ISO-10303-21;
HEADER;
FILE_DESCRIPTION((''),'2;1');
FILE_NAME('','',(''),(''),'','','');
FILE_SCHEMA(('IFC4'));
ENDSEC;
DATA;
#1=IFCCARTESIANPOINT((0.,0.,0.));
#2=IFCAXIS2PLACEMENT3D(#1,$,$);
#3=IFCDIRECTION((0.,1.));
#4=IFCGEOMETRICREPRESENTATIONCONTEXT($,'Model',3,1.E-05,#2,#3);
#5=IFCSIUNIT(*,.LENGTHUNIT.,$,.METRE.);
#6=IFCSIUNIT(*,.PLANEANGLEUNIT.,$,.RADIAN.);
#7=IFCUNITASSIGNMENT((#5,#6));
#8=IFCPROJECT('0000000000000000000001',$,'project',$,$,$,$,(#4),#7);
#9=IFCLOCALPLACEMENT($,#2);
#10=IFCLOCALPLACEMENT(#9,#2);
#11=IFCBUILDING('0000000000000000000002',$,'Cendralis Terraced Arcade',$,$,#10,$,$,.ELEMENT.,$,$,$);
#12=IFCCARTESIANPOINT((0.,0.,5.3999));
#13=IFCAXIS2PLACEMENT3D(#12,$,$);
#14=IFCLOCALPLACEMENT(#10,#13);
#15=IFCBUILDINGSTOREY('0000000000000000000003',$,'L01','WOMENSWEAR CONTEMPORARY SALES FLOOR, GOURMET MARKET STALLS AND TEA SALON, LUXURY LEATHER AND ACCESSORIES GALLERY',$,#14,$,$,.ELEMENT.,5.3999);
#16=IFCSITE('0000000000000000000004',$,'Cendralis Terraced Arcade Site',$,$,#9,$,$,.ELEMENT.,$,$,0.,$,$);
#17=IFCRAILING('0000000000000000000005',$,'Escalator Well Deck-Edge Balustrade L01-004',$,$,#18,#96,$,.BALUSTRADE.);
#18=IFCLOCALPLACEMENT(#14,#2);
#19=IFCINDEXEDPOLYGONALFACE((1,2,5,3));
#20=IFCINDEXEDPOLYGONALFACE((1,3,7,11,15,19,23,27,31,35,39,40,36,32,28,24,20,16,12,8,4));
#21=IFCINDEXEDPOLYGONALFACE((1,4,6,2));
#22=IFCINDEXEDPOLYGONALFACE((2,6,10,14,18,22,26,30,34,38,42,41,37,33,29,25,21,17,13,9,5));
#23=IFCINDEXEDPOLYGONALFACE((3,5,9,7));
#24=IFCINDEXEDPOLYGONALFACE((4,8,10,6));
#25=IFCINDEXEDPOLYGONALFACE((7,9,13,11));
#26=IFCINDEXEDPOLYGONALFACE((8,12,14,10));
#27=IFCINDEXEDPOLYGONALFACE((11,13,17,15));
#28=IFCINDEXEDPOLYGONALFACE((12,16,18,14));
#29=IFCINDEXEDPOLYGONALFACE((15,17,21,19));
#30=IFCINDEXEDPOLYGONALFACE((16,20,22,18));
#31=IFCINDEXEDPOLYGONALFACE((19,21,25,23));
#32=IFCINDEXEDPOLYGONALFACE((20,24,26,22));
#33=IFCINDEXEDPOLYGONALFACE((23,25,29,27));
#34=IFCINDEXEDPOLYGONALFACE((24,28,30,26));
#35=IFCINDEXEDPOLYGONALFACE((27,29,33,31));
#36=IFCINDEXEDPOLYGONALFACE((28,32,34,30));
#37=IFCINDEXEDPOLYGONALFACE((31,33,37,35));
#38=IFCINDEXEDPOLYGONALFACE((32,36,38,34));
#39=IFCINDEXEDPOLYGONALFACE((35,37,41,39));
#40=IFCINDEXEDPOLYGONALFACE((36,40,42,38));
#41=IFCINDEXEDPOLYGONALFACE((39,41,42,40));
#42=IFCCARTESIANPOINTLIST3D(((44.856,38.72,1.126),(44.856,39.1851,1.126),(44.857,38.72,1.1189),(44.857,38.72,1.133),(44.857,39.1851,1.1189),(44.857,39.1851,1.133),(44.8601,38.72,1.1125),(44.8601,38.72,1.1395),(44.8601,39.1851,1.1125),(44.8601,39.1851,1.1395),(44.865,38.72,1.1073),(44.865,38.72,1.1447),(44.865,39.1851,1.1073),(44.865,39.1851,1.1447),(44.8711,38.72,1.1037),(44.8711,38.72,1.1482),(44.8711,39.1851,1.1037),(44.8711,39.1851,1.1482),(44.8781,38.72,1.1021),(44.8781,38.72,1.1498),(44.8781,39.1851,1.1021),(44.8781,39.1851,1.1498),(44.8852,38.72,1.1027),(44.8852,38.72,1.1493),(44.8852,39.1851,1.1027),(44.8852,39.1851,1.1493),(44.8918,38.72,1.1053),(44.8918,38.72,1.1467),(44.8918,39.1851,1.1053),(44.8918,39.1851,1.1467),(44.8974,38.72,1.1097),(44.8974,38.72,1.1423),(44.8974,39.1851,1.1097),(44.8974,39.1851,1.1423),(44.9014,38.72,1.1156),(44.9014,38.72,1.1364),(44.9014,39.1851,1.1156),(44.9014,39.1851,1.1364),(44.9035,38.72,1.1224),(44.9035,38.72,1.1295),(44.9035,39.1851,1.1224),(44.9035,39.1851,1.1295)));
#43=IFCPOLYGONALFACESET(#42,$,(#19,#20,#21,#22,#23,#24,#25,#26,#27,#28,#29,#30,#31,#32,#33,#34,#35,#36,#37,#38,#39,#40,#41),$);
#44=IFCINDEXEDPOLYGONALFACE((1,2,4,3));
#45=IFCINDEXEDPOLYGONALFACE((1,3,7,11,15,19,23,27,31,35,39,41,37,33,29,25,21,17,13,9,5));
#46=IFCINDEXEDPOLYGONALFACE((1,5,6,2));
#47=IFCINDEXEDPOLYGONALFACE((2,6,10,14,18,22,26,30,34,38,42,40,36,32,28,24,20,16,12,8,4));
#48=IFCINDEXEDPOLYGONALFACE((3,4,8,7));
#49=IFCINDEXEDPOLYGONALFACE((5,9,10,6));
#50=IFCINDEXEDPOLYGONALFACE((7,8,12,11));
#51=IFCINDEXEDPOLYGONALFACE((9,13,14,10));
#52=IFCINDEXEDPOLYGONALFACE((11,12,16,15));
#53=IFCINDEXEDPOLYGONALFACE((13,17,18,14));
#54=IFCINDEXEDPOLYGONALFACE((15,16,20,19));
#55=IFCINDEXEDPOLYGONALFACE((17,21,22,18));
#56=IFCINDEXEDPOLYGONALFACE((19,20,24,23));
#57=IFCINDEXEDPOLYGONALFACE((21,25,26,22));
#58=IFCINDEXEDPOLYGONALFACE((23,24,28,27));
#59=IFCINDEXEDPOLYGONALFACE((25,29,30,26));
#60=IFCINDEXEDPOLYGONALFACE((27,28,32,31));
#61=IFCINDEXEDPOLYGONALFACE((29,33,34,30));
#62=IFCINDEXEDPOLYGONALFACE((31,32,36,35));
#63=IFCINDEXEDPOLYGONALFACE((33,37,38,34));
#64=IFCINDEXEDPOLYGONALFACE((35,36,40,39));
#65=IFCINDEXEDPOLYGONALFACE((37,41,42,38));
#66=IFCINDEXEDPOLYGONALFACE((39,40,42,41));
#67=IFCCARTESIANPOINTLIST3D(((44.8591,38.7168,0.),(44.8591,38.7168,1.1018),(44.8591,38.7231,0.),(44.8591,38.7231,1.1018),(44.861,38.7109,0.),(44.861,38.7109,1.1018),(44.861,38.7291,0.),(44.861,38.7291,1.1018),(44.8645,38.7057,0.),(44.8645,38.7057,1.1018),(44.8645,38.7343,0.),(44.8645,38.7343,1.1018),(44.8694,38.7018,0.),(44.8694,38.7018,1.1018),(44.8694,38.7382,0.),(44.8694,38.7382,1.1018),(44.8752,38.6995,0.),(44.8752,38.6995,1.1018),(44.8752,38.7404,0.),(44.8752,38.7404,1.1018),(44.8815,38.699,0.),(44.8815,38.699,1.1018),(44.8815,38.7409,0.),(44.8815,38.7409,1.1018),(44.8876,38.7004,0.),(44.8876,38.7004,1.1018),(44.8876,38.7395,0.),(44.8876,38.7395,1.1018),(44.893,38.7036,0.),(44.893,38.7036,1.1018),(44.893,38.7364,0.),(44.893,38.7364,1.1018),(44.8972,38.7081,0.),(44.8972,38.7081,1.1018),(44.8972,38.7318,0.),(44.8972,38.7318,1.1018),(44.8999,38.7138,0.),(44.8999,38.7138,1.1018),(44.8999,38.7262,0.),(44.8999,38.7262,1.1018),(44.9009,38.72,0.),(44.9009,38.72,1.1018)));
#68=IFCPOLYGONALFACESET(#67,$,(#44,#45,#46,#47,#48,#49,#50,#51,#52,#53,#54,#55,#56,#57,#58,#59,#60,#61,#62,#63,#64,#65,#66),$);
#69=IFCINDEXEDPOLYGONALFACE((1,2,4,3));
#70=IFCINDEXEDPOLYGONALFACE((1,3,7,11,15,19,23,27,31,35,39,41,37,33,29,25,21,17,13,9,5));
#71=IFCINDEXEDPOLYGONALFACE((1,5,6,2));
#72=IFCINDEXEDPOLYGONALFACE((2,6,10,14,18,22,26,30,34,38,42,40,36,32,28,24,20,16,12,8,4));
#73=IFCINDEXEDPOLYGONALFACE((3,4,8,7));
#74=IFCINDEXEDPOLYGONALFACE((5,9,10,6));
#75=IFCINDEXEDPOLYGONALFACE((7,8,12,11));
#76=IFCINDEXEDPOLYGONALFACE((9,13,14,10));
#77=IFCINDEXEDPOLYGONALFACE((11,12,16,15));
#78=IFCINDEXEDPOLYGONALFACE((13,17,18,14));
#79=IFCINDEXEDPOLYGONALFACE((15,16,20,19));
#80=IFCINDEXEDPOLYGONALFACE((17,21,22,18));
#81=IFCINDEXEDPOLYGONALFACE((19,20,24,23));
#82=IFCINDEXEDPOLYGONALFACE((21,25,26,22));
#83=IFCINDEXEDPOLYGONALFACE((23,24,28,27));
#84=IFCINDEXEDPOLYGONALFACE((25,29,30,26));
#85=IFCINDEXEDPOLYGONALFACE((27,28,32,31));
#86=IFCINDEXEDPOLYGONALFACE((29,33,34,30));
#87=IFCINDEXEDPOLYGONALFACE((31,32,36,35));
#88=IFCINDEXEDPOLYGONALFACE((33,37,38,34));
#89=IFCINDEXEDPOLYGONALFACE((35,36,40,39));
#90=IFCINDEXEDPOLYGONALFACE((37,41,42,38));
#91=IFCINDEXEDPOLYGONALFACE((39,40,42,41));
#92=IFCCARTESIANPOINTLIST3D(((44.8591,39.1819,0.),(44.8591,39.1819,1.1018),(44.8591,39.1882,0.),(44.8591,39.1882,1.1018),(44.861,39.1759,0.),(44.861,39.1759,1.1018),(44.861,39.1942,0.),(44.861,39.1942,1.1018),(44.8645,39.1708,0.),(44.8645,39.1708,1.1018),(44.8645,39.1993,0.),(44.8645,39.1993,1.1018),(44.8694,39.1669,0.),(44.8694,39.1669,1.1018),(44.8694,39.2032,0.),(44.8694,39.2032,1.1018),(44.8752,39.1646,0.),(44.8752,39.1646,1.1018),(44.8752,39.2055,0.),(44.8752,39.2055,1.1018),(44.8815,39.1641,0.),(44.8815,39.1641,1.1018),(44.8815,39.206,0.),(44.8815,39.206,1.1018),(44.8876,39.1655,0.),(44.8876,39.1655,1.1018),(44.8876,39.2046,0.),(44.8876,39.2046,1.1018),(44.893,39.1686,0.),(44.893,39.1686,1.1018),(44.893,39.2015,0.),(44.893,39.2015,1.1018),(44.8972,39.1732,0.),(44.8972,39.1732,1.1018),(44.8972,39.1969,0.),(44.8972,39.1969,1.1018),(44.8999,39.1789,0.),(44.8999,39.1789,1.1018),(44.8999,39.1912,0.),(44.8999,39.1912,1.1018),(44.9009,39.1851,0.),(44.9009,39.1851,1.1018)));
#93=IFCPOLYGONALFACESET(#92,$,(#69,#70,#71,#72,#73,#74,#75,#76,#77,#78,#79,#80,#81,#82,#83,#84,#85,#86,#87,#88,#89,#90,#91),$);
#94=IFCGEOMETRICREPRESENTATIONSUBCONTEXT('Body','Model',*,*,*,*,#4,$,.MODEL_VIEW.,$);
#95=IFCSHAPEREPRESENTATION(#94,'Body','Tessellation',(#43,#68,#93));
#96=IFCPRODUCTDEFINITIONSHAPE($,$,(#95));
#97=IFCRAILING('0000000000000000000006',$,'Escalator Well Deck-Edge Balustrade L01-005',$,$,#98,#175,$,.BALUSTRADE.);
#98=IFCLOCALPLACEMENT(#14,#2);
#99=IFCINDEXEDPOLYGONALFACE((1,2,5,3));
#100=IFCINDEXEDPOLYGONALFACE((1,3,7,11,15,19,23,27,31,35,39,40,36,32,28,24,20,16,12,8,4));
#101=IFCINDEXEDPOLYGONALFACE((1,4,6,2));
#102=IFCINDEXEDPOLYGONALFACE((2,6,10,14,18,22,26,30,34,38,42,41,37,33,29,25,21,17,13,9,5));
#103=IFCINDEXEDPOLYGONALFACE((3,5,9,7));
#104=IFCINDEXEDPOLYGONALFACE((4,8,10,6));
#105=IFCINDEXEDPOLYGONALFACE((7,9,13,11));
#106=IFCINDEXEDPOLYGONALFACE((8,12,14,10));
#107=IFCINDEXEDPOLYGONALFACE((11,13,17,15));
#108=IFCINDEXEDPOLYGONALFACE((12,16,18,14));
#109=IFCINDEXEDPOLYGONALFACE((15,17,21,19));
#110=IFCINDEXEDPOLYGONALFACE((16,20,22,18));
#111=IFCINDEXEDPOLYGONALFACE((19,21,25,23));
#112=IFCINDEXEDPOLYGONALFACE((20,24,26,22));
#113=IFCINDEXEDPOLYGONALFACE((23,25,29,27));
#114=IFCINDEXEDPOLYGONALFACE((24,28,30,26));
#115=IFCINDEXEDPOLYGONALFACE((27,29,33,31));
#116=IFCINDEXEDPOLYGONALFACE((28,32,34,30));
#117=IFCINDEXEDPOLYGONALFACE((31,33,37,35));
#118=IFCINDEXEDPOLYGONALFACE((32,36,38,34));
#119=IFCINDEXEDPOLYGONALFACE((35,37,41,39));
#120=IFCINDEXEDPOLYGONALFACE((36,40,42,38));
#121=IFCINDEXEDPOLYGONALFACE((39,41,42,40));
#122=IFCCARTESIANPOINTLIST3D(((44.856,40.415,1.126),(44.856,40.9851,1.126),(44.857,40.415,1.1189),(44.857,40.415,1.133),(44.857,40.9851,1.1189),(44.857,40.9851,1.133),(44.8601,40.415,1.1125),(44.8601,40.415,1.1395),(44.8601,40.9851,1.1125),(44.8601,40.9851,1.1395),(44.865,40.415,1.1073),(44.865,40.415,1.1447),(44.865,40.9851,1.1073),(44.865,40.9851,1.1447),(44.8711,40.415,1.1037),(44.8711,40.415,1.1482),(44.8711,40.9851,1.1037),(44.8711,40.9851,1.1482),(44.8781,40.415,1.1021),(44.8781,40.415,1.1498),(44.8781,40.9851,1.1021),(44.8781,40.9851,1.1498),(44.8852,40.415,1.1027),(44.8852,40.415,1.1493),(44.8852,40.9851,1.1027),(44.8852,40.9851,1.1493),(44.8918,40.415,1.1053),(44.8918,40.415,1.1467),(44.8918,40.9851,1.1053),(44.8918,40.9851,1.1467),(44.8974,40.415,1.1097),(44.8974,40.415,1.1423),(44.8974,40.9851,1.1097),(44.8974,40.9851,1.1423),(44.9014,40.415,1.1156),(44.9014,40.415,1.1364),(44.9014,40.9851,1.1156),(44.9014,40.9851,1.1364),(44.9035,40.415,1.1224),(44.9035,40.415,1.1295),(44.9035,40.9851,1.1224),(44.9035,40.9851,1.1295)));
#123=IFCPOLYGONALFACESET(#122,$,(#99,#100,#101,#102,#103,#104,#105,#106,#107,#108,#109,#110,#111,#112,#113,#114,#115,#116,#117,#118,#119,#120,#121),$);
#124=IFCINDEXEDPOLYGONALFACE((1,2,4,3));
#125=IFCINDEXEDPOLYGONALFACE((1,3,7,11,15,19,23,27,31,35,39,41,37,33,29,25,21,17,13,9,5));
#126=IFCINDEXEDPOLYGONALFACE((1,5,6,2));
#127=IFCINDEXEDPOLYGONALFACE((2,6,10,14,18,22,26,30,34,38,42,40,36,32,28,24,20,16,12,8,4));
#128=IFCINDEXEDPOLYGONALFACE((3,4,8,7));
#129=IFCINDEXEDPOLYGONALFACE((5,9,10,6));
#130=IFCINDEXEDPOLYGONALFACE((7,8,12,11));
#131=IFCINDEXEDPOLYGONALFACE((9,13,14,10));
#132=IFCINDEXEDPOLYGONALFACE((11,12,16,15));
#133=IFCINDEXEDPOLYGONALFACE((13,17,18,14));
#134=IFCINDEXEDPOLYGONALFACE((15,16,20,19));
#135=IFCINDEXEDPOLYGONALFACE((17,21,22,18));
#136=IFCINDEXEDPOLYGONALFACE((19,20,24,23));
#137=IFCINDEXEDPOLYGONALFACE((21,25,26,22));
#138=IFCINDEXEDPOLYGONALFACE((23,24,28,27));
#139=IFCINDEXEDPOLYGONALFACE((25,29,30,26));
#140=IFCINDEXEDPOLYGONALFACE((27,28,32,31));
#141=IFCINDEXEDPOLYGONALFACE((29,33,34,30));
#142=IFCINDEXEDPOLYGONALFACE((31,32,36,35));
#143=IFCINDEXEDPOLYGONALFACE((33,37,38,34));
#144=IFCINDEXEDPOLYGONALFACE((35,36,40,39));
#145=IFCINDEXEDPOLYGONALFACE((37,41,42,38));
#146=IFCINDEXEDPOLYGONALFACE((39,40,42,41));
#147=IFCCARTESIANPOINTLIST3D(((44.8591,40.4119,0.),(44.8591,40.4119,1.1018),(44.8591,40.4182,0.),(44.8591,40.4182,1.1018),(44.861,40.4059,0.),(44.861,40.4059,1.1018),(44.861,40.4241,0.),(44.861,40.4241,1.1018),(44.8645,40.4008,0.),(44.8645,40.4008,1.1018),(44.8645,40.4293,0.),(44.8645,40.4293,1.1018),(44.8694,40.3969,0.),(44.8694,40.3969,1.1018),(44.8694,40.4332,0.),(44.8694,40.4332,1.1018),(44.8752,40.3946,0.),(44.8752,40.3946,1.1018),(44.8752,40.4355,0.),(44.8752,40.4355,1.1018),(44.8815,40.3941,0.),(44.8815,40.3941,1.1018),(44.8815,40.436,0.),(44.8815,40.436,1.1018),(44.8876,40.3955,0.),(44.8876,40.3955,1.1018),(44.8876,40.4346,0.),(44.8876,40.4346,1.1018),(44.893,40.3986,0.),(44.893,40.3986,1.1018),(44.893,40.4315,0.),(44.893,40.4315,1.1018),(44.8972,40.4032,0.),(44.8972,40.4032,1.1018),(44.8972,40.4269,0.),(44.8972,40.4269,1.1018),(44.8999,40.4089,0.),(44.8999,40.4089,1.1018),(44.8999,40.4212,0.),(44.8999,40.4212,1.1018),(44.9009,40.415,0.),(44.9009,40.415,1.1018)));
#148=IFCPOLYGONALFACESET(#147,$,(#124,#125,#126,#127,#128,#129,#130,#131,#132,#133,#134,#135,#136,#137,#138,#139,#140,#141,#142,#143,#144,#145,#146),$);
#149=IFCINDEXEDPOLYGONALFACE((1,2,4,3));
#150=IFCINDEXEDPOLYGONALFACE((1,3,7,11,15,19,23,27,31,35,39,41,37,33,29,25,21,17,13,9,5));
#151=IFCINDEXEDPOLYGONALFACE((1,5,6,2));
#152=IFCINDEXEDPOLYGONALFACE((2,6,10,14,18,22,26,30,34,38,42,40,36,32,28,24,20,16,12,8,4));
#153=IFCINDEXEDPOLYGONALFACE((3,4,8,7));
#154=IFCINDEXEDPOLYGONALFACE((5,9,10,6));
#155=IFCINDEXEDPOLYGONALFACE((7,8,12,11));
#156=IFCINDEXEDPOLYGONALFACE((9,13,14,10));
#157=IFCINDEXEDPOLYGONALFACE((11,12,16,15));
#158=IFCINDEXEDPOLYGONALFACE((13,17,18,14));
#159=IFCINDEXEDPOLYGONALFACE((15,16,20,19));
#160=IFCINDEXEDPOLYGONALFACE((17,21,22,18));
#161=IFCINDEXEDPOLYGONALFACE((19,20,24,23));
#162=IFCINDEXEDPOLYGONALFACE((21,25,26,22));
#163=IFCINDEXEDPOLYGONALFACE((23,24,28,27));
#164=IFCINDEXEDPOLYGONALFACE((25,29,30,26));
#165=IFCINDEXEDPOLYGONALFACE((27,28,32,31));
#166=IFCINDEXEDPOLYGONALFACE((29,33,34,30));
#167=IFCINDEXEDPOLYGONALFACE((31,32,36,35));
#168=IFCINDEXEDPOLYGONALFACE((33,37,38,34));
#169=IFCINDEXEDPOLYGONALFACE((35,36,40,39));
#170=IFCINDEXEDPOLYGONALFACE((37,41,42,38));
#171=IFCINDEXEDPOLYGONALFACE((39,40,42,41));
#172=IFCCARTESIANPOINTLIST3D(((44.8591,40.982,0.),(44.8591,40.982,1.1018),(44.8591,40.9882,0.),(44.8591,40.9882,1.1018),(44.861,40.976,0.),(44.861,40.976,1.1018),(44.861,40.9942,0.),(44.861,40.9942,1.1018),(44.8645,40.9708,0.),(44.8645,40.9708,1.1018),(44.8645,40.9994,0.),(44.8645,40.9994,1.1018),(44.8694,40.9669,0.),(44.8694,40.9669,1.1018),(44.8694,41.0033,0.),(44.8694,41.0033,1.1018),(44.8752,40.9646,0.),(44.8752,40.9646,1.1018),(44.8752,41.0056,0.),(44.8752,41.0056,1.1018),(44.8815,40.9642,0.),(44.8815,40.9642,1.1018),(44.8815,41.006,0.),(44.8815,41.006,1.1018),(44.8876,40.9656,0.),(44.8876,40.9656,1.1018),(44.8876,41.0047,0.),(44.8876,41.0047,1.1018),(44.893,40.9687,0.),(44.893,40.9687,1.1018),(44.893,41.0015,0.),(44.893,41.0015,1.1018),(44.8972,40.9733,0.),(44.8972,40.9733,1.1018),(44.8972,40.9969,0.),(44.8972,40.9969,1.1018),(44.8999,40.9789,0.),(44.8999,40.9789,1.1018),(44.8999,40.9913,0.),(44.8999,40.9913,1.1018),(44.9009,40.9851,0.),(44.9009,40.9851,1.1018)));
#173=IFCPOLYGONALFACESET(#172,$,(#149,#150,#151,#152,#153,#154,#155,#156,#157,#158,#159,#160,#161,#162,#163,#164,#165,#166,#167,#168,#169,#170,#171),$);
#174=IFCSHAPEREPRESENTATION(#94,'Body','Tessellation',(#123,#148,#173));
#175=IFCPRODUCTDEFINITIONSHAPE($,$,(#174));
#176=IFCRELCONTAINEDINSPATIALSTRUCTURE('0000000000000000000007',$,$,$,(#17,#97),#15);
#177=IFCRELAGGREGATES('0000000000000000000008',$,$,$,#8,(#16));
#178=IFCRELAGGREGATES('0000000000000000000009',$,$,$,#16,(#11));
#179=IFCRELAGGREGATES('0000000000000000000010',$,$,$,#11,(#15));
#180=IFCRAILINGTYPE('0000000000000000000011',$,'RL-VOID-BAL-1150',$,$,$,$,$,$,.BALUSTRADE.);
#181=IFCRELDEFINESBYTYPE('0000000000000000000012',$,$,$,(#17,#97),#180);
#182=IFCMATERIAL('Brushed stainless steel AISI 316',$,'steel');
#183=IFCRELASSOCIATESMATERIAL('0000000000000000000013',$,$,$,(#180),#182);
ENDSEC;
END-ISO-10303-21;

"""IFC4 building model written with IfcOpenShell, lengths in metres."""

from ifc_helpers import new_model, si_unit, direction, frame, origin, origin_2d, place, context, subcontext, project, spatial, circle, extrude, material, type_object, element, save


model = new_model("IFC4")

# Units and contexts
model_context = context("Model", 3, precision=1e-05, world=origin(), true_north=direction((0.0, 1.0)))
body_context = subcontext(model_context, "Body", "Model", "MODEL_VIEW")
ifc_project = project(units=[si_unit("LENGTHUNIT", "METRE"), si_unit("PLANEANGLEUNIT", "RADIAN")], contexts=[model_context])

# Site, building, storey
site_placement = place(None, origin())
site = spatial("IfcSite", under=ifc_project, at=site_placement, Name="Cendralis Terraced Arcade Site", CompositionType="ELEMENT", RefElevation=0.0)
building_placement = place(site_placement, origin())
building = spatial("IfcBuilding", under=site, at=building_placement, Name="Cendralis Terraced Arcade", CompositionType="ELEMENT")
storey_placement = place(building_placement, frame((0.0, 0.0, 5.3999)))
storey = spatial("IfcBuildingStorey", under=building, at=storey_placement, Name="L01", Description="WOMENSWEAR CONTEMPORARY SALES FLOOR, GOURMET MARKET STALLS AND TEA SALON, LUXURY LEATHER AND ACCESSORIES GALLERY", CompositionType="ELEMENT", Elevation=5.3999)

# Railings
ifc_material_1 = material(Name="Brushed stainless steel AISI 316", Category="steel")
railing_type_1 = type_object("IfcRailingType", Name="RL-VOID-BAL-1150", PredefinedType="BALUSTRADE", material=ifc_material_1)
railing_1_placement = place(storey_placement, frame((44.8799, 38.72, 0.0)))
element("IfcRailing", 1, at=railing_1_placement, inside=storey, type_object=railing_type_1, Name="Escalator Well Deck-Edge Balustrade L01-004", PredefinedType="BALUSTRADE", context=body_context, shape_type="SweptSolid", body=[
    extrude(circle(Radius=0.0239, at=origin_2d()), frame((0.0, 0.0, 1.126), z_axis=(0.0, 1.0, 0.0), x_axis=(-1.0, 0.0, 0.0)), (0.0, 0.0, 1.0), 0.4651),
    extrude(circle(Radius=0.021, at=origin_2d()), origin(), (0.0, 0.0, 1.0), 1.1018),
    extrude(circle(Radius=0.021, at=origin_2d()), frame((0.0, 0.4651, 0.0)), (0.0, 0.0, 1.0), 1.1018),
])
railing_2_placement = place(storey_placement, frame((44.8799, 40.415, 0.0)))
element("IfcRailing", 2, at=railing_2_placement, inside=storey, type_object=railing_type_1, Name="Escalator Well Deck-Edge Balustrade L01-005", PredefinedType="BALUSTRADE", context=body_context, shape_type="SweptSolid", body=[
    extrude(circle(Radius=0.0239, at=origin_2d()), frame((0.0, 0.0, 1.126), z_axis=(0.0, 1.0, 0.0), x_axis=(-1.0, 0.0, 0.0)), (0.0, 0.0, 1.0), 0.5701),
    extrude(circle(Radius=0.021, at=origin_2d()), origin(), (0.0, 0.0, 1.0), 1.1018),
    extrude(circle(Radius=0.021, at=origin_2d()), frame((0.0, 0.5701, 0.0)), (0.0, 0.0, 1.0), 1.1018),
])

save(model, "model.ifc")
